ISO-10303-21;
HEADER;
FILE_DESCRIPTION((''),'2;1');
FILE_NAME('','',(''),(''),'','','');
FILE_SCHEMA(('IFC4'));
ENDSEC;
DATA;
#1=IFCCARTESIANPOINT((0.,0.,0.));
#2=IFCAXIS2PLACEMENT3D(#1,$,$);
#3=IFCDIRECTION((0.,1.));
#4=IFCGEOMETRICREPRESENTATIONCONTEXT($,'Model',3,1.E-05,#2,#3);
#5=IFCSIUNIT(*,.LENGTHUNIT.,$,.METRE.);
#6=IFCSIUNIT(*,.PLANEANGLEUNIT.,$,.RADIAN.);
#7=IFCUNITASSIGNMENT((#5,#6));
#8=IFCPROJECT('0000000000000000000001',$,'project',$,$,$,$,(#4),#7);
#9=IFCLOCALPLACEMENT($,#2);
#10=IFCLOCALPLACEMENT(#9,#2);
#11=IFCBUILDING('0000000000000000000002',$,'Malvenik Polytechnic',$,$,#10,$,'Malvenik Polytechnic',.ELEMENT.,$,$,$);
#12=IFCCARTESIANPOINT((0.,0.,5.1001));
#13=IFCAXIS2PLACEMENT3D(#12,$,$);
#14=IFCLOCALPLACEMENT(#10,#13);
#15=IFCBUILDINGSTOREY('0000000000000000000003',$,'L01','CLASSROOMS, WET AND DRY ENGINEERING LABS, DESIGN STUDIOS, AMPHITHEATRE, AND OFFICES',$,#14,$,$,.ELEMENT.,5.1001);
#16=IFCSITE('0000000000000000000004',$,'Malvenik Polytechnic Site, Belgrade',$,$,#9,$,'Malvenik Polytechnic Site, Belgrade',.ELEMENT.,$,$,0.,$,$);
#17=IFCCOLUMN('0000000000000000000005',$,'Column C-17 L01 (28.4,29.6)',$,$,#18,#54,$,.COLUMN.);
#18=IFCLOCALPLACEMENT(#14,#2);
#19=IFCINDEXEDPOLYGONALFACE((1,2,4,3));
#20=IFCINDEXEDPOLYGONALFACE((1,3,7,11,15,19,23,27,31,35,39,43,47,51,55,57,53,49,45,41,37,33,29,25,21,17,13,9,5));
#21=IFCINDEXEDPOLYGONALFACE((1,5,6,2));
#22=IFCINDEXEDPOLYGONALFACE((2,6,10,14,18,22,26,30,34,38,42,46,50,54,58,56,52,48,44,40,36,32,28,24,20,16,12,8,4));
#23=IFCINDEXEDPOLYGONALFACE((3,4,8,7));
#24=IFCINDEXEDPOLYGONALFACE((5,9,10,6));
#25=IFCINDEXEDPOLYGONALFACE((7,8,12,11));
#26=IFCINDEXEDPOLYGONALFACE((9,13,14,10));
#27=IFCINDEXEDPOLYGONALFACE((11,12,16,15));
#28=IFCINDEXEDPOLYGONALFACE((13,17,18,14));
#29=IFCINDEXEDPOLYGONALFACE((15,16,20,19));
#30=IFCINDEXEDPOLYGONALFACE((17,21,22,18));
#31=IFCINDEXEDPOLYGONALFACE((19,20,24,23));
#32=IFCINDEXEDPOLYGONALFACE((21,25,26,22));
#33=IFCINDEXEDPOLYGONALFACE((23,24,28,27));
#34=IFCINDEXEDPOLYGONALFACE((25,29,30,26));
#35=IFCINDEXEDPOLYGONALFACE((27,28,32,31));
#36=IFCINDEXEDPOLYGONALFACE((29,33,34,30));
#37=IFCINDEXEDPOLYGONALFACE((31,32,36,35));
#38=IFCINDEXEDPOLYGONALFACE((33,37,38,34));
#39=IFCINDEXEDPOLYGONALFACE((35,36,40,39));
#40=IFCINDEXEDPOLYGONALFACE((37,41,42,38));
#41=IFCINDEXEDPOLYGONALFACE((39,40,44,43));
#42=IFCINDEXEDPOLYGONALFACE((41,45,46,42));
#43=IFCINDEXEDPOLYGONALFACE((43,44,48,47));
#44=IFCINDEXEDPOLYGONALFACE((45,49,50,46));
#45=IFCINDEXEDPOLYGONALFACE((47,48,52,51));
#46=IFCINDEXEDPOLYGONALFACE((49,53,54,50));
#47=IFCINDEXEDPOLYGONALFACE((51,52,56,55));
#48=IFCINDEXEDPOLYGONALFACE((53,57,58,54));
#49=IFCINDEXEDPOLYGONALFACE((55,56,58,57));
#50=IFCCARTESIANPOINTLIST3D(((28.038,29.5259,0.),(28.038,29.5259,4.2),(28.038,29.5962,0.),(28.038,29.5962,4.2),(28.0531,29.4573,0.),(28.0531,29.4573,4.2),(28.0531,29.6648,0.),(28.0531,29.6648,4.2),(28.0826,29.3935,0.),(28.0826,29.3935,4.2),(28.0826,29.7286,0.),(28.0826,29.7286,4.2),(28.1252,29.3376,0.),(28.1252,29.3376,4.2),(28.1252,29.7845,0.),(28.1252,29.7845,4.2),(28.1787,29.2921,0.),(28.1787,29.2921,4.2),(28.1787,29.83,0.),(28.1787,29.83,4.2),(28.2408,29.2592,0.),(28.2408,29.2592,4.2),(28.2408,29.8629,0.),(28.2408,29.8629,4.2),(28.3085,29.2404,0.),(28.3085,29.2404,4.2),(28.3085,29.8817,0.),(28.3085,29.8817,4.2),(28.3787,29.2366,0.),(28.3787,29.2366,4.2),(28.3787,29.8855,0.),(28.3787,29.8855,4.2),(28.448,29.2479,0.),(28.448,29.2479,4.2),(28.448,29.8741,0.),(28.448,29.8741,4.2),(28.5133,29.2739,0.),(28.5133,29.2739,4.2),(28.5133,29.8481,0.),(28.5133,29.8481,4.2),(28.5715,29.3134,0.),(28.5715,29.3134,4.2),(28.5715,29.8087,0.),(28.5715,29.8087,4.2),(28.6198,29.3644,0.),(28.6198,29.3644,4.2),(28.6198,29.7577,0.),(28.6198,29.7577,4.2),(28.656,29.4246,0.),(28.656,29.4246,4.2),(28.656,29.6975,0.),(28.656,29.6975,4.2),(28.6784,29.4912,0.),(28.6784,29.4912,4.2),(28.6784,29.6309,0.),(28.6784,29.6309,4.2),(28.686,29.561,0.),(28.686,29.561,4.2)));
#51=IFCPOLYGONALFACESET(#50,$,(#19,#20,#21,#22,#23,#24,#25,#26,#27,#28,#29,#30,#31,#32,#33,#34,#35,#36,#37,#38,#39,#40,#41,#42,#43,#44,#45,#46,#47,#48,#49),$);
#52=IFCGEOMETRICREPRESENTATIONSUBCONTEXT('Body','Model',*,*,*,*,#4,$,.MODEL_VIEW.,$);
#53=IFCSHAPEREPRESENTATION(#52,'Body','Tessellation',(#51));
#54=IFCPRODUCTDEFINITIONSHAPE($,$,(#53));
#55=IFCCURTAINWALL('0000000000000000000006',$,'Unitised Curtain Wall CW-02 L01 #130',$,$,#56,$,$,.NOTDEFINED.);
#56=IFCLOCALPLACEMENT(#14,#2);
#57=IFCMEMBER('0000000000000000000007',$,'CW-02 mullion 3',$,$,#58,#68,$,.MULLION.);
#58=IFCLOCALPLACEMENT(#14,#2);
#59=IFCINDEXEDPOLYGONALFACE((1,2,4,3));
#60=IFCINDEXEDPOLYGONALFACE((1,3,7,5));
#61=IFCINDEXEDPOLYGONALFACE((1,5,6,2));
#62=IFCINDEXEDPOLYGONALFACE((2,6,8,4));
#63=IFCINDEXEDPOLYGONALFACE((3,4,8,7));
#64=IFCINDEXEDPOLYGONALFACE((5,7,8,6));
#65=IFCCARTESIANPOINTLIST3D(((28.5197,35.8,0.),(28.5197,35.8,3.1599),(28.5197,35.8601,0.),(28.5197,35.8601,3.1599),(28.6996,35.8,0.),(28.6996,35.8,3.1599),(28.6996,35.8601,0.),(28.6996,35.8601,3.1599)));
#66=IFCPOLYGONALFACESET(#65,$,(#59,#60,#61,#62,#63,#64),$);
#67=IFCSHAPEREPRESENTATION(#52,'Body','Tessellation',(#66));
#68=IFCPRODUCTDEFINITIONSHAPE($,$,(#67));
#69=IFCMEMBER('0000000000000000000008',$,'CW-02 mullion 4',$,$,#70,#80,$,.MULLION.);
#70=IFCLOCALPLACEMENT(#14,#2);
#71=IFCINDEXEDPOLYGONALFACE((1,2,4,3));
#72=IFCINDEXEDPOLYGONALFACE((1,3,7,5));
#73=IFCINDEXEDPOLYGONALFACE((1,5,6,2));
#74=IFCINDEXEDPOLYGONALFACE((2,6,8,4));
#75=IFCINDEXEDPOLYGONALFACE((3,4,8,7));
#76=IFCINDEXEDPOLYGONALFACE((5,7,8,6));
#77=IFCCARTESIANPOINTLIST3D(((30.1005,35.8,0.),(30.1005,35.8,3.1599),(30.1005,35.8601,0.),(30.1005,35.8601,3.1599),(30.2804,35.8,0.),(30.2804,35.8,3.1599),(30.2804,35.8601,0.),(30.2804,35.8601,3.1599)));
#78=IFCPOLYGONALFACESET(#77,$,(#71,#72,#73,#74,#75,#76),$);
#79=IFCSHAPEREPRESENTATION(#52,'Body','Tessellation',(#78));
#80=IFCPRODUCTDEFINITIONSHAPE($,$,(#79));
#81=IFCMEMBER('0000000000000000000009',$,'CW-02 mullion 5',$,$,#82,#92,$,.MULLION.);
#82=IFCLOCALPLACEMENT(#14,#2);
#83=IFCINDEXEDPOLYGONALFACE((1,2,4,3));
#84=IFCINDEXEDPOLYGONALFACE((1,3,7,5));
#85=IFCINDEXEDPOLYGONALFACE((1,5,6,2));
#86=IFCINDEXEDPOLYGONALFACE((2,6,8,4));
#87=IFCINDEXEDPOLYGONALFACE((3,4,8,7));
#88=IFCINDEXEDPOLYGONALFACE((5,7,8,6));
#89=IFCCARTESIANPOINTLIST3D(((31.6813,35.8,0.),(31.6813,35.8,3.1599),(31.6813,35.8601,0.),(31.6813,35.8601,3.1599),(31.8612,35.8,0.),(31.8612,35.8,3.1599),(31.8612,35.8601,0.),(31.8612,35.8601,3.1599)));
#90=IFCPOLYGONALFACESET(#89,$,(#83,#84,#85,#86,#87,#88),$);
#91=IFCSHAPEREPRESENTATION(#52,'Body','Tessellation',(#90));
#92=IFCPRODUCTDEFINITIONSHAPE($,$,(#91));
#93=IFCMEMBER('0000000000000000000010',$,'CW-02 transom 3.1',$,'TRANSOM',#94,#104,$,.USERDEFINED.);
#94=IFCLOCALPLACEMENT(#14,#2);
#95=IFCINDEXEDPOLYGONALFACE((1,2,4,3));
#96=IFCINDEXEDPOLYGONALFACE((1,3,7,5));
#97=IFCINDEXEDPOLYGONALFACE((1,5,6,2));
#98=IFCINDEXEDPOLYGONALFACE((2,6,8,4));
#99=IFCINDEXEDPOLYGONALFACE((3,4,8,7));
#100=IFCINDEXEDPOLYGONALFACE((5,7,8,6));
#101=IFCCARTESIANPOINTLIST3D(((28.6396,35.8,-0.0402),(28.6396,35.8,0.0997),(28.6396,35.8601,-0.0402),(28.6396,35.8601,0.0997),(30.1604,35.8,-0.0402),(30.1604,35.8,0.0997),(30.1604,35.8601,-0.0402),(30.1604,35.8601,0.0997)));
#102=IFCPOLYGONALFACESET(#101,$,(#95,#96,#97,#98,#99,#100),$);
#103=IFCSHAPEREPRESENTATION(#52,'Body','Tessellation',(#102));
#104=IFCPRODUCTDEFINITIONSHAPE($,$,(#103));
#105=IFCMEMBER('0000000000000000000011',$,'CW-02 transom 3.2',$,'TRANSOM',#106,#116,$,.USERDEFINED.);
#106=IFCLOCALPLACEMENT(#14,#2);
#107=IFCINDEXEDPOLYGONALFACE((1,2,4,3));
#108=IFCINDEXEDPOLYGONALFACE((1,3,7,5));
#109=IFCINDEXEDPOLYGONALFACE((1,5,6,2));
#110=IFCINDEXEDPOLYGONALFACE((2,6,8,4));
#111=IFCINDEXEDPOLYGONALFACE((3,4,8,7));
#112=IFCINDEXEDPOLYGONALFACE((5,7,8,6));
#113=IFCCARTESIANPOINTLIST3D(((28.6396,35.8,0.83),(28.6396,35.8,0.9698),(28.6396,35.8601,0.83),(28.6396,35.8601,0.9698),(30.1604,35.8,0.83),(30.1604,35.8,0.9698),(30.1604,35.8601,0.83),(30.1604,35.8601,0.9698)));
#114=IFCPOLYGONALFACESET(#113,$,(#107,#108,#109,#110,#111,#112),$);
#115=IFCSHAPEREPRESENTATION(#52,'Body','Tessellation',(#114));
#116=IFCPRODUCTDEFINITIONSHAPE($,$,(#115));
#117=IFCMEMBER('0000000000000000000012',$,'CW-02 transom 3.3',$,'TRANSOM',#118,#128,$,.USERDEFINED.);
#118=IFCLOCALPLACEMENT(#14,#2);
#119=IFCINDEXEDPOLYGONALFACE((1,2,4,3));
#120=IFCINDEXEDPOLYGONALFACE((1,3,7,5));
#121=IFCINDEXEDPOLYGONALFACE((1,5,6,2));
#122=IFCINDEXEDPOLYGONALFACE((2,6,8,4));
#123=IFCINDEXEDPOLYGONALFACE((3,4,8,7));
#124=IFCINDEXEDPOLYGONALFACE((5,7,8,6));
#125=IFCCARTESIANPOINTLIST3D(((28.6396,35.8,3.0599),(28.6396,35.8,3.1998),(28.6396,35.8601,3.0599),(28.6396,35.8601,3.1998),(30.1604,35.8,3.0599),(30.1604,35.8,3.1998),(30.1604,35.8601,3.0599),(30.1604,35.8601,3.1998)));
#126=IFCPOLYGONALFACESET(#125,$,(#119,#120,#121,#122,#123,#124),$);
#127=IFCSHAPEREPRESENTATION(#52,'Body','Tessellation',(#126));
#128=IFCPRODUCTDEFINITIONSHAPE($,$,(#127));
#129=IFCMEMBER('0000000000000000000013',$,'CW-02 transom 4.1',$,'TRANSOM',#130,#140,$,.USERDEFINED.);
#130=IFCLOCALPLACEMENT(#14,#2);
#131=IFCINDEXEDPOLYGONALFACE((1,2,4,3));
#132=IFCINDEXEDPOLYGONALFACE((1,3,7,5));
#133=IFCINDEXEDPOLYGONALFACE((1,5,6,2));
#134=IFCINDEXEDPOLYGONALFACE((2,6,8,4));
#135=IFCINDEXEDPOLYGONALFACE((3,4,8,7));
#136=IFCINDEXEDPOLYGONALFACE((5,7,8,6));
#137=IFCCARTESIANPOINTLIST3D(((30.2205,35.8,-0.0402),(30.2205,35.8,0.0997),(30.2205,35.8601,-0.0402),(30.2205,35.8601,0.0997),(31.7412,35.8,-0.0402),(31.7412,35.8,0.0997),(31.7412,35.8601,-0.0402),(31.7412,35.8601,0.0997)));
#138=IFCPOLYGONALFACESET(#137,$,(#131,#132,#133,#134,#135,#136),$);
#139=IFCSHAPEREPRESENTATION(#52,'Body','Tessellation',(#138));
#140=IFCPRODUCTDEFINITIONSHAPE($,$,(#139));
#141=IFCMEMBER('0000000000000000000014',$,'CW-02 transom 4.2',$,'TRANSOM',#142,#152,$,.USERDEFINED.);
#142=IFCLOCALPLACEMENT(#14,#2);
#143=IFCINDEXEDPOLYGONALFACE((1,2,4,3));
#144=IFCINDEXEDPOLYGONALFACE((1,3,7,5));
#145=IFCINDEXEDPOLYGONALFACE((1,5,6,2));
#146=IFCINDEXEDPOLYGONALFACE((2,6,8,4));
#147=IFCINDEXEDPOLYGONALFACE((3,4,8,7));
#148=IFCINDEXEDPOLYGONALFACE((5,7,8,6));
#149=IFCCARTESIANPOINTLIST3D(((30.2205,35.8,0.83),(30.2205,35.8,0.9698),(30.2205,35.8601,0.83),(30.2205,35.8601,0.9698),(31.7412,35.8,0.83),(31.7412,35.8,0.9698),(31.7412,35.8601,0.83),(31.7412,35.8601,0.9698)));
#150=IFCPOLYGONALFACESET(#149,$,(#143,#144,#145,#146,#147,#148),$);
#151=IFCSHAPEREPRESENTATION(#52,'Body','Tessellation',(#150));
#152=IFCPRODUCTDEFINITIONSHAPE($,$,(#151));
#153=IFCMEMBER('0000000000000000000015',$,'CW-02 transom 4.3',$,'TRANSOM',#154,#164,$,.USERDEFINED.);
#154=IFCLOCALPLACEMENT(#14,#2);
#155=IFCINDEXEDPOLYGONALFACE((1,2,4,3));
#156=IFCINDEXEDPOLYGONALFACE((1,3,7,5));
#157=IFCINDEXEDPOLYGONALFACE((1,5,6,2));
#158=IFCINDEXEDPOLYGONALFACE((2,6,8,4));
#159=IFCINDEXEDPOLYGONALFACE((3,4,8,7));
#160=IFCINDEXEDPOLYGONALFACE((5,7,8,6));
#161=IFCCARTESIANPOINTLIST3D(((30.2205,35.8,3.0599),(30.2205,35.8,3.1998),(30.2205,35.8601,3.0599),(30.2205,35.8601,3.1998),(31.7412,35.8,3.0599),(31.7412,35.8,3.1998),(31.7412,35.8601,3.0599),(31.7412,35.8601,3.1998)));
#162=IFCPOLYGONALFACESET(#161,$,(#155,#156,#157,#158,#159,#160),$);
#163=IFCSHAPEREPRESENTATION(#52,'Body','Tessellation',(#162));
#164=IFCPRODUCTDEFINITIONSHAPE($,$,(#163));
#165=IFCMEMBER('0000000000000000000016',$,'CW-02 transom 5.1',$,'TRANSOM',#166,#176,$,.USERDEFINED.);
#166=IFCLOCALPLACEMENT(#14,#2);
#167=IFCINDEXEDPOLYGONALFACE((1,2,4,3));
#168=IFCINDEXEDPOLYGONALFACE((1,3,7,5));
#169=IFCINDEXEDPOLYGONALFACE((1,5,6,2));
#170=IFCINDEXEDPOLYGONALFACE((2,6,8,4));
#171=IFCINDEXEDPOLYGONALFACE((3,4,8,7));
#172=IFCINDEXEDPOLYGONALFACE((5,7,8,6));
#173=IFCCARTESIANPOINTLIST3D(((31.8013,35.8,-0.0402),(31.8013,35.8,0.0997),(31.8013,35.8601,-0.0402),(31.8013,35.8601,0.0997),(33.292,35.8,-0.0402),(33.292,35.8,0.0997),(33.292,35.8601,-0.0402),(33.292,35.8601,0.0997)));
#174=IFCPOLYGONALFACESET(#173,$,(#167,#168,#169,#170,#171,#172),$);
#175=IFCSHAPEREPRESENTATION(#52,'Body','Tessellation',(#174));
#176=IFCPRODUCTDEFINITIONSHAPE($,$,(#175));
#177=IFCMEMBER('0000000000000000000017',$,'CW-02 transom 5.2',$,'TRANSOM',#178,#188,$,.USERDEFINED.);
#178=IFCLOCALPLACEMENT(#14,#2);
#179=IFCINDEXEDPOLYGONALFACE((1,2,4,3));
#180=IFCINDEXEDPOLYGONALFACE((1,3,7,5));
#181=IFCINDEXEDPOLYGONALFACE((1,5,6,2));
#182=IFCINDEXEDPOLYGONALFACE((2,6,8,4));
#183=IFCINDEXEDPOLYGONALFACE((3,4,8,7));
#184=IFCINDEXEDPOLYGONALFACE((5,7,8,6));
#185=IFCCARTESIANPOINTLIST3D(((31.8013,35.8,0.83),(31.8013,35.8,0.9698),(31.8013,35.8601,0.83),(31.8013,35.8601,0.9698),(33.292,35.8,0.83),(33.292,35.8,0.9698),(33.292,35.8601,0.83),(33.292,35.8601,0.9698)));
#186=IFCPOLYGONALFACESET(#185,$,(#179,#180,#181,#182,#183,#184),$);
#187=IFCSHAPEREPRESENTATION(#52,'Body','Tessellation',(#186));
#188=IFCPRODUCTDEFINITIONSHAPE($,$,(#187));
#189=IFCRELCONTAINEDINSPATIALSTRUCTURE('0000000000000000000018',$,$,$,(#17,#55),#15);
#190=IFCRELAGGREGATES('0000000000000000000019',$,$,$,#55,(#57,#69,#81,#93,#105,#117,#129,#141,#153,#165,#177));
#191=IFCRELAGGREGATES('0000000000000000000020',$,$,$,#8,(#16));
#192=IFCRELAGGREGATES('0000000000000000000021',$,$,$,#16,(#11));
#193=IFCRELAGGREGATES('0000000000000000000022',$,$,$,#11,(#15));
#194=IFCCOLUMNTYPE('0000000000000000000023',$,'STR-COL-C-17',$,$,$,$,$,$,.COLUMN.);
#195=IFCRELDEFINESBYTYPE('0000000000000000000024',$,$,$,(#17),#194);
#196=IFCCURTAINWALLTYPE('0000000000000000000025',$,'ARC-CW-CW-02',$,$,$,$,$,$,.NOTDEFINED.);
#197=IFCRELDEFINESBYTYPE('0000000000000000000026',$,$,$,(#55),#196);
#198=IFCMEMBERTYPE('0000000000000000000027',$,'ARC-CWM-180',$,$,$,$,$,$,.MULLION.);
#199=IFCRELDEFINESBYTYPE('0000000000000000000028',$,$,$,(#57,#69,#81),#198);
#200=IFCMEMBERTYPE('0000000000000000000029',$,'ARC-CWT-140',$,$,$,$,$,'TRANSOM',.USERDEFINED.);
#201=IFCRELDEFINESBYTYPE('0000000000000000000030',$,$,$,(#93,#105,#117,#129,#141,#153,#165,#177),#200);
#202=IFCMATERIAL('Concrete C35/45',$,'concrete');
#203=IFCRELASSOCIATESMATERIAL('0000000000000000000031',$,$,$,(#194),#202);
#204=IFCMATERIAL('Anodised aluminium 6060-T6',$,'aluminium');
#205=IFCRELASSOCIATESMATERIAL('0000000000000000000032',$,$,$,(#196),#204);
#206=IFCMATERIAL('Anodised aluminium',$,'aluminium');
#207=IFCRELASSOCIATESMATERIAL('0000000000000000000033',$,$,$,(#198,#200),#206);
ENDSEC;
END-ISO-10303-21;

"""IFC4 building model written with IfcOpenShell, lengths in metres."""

from ifc_helpers import new_model, si_unit, direction, frame, origin, origin_2d, place, context, subcontext, project, spatial, rectangle, circle, extrude, material, material_profile, profile_set, type_object, element, aggregate, save


model = new_model("IFC4")

# Units and contexts
model_context = context("Model", 3, precision=1e-05, world=origin(), true_north=direction((0.0, 1.0)))
body_context = subcontext(model_context, "Body", "Model", "MODEL_VIEW")
ifc_project = project(units=[si_unit("LENGTHUNIT", "METRE"), si_unit("PLANEANGLEUNIT", "RADIAN")], contexts=[model_context])

# Site, building, storey
site_placement = place(None, origin())
site = spatial("IfcSite", under=ifc_project, at=site_placement, Name="Malvenik Polytechnic Site, Belgrade", LongName="Malvenik Polytechnic Site, Belgrade", CompositionType="ELEMENT", RefElevation=0.0)
building_placement = place(site_placement, origin())
building = spatial("IfcBuilding", under=site, at=building_placement, Name="Malvenik Polytechnic", LongName="Malvenik Polytechnic", CompositionType="ELEMENT")
storey_placement = place(building_placement, frame((0.0, 0.0, 5.1001)))
storey = spatial("IfcBuildingStorey", under=building, at=storey_placement, Name="L01", Description="CLASSROOMS, WET AND DRY ENGINEERING LABS, DESIGN STUDIOS, AMPHITHEATRE, AND OFFICES", CompositionType="ELEMENT", Elevation=5.1001)

# Column
ifc_material_1 = material(Name="Concrete C35/45", Category="concrete")
ifc_material_profile_1 = material_profile(ifc_material_1, circle(Radius=0.325, at=origin_2d()), Name="RC COL D650")
ifc_profile_set_1 = profile_set([ifc_material_profile_1], Name="Concrete C35/45")
column_type = type_object("IfcColumnType", Name="STR-COL-C-17", PredefinedType="COLUMN", material=ifc_profile_set_1)
column_placement = place(storey_placement, frame((28.3611, 29.561, 0.0), z_axis=(0.0, 0.0, 1.0), x_axis=(1.0, 0.0, 0.0)))
element("IfcColumn", 1, at=column_placement, inside=storey, type_object=column_type, Name="Column C-17 L01 (28.4,29.6)", PredefinedType="COLUMN", context=body_context, shape_type="SweptSolid", body=[
    extrude(circle(Radius=0.325, at=origin_2d()), origin(), (0.0, 0.0, 1.0), 4.2),
])

# Curtain wall, members
ifc_material_2 = material(Name="Anodised aluminium 6060-T6", Category="aluminium")
curtain_wall_type = type_object("IfcCurtainWallType", Name="ARC-CW-CW-02", PredefinedType="NOTDEFINED", material=ifc_material_2)
curtain_wall_placement = place(storey_placement, origin())
curtain_wall = element("IfcCurtainWall", 2, at=curtain_wall_placement, inside=storey, type_object=curtain_wall_type, Name="Unitised Curtain Wall CW-02 L01 #130", PredefinedType="NOTDEFINED")
ifc_material_3 = material(Name="Anodised aluminium", Category="aluminium")
ifc_material_profile_2 = material_profile(ifc_material_3, rectangle(XDim=0.0601, YDim=0.1799, at=origin_2d()), Name="ALU MULLION 60x180")
ifc_profile_set_2 = profile_set([ifc_material_profile_2], Name="Anodised aluminium")
member_type_1 = type_object("IfcMemberType", Name="ARC-CWM-180", PredefinedType="MULLION", material=ifc_profile_set_2)
member_1_placement = place(storey_placement, frame((28.6096, 35.8301, 0.0), z_axis=(0.0, 0.0, 1.0), x_axis=(0.0, 1.0, 0.0)))
member_1 = element("IfcMember", 3, at=member_1_placement, type_object=member_type_1, Name="CW-02 mullion 3", PredefinedType="MULLION", context=body_context, shape_type="SweptSolid", body=[
    extrude(rectangle(XDim=0.0601, YDim=0.1799, at=origin_2d()), origin(), (0.0, 0.0, 1.0), 3.1599),
])
member_2_placement = place(storey_placement, frame((30.1904, 35.8301, 0.0), z_axis=(0.0, 0.0, 1.0), x_axis=(0.0, 1.0, 0.0)))
member_2 = element("IfcMember", 4, at=member_2_placement, type_object=member_type_1, Name="CW-02 mullion 4", PredefinedType="MULLION", context=body_context, shape_type="SweptSolid", body=[
    extrude(rectangle(XDim=0.0601, YDim=0.1799, at=origin_2d()), origin(), (0.0, 0.0, 1.0), 3.1599),
])
member_3_placement = place(storey_placement, frame((31.7712, 35.8301, 0.0), z_axis=(0.0, 0.0, 1.0), x_axis=(0.0, 1.0, 0.0)))
member_3 = element("IfcMember", 5, at=member_3_placement, type_object=member_type_1, Name="CW-02 mullion 5", PredefinedType="MULLION", context=body_context, shape_type="SweptSolid", body=[
    extrude(rectangle(XDim=0.0601, YDim=0.1799, at=origin_2d()), origin(), (0.0, 0.0, 1.0), 3.1599),
])
ifc_material_profile_3 = material_profile(ifc_material_3, rectangle(XDim=0.0601, YDim=0.1399, at=origin_2d()), Name="ALU TRANSOM 60x140")
ifc_profile_set_3 = profile_set([ifc_material_profile_3], Name="Anodised aluminium")
member_type_2 = type_object("IfcMemberType", Name="ARC-CWT-140", ElementType="TRANSOM", PredefinedType="USERDEFINED", material=ifc_profile_set_3)
member_4_placement = place(storey_placement, frame((28.6396, 35.8301, 0.0298), z_axis=(1.0, 0.0, 0.0), x_axis=(0.0, 1.0, 0.0)))
member_4 = element("IfcMember", 6, at=member_4_placement, type_object=member_type_2, Name="CW-02 transom 3.1", ObjectType="TRANSOM", PredefinedType="USERDEFINED", context=body_context, shape_type="SweptSolid", body=[
    extrude(rectangle(XDim=0.0601, YDim=0.1399, at=origin_2d()), origin(), (0.0, 0.0, 1.0), 1.5208),
])
member_5_placement = place(storey_placement, frame((28.6396, 35.8301, 0.8999), z_axis=(1.0, 0.0, 0.0), x_axis=(0.0, 1.0, 0.0)))
member_5 = element("IfcMember", 7, at=member_5_placement, type_object=member_type_2, Name="CW-02 transom 3.2", ObjectType="TRANSOM", PredefinedType="USERDEFINED", context=body_context, shape_type="SweptSolid", body=[
    extrude(rectangle(XDim=0.0601, YDim=0.1399, at=origin_2d()), origin(), (0.0, 0.0, 1.0), 1.5208),
])
member_6_placement = place(storey_placement, frame((28.6396, 35.8301, 3.1299), z_axis=(1.0, 0.0, 0.0), x_axis=(0.0, 1.0, 0.0)))
member_6 = element("IfcMember", 8, at=member_6_placement, type_object=member_type_2, Name="CW-02 transom 3.3", ObjectType="TRANSOM", PredefinedType="USERDEFINED", context=body_context, shape_type="SweptSolid", body=[
    extrude(rectangle(XDim=0.0601, YDim=0.1399, at=origin_2d()), origin(), (0.0, 0.0, 1.0), 1.5208),
])
member_7_placement = place(storey_placement, frame((30.2205, 35.8301, 0.0298), z_axis=(1.0, 0.0, 0.0), x_axis=(0.0, 1.0, 0.0)))
member_7 = element("IfcMember", 9, at=member_7_placement, type_object=member_type_2, Name="CW-02 transom 4.1", ObjectType="TRANSOM", PredefinedType="USERDEFINED", context=body_context, shape_type="SweptSolid", body=[
    extrude(rectangle(XDim=0.0601, YDim=0.1399, at=origin_2d()), origin(), (0.0, 0.0, 1.0), 1.5208),
])
member_8_placement = place(storey_placement, frame((30.2205, 35.8301, 0.8999), z_axis=(1.0, 0.0, 0.0), x_axis=(0.0, 1.0, 0.0)))
member_8 = element("IfcMember", 10, at=member_8_placement, type_object=member_type_2, Name="CW-02 transom 4.2", ObjectType="TRANSOM", PredefinedType="USERDEFINED", context=body_context, shape_type="SweptSolid", body=[
    extrude(rectangle(XDim=0.0601, YDim=0.1399, at=origin_2d()), origin(), (0.0, 0.0, 1.0), 1.5208),
])
member_9_placement = place(storey_placement, frame((30.2205, 35.8301, 3.1299), z_axis=(1.0, 0.0, 0.0), x_axis=(0.0, 1.0, 0.0)))
member_9 = element("IfcMember", 11, at=member_9_placement, type_object=member_type_2, Name="CW-02 transom 4.3", ObjectType="TRANSOM", PredefinedType="USERDEFINED", context=body_context, shape_type="SweptSolid", body=[
    extrude(rectangle(XDim=0.0601, YDim=0.1399, at=origin_2d()), origin(), (0.0, 0.0, 1.0), 1.5208),
])
member_10_placement = place(storey_placement, frame((31.8013, 35.8301, 0.0298), z_axis=(1.0, 0.0, 0.0), x_axis=(0.0, 1.0, 0.0)))
member_10 = element("IfcMember", 12, at=member_10_placement, type_object=member_type_2, Name="CW-02 transom 5.1", ObjectType="TRANSOM", PredefinedType="USERDEFINED", context=body_context, shape_type="SweptSolid", body=[
    extrude(rectangle(XDim=0.0601, YDim=0.1399, at=origin_2d()), origin(), (0.0, 0.0, 1.0), 1.4907),
])
member_11_placement = place(storey_placement, frame((31.8013, 35.8301, 0.8999), z_axis=(1.0, 0.0, 0.0), x_axis=(0.0, 1.0, 0.0)))
member_11 = element("IfcMember", 13, at=member_11_placement, type_object=member_type_2, Name="CW-02 transom 5.2", ObjectType="TRANSOM", PredefinedType="USERDEFINED", context=body_context, shape_type="SweptSolid", body=[
    extrude(rectangle(XDim=0.0601, YDim=0.1399, at=origin_2d()), origin(), (0.0, 0.0, 1.0), 1.4907),
])
aggregate(curtain_wall, [member_1, member_2, member_3, member_4, member_5, member_6, member_7, member_8, member_9, member_10, member_11])

save(model, "model.ifc")
